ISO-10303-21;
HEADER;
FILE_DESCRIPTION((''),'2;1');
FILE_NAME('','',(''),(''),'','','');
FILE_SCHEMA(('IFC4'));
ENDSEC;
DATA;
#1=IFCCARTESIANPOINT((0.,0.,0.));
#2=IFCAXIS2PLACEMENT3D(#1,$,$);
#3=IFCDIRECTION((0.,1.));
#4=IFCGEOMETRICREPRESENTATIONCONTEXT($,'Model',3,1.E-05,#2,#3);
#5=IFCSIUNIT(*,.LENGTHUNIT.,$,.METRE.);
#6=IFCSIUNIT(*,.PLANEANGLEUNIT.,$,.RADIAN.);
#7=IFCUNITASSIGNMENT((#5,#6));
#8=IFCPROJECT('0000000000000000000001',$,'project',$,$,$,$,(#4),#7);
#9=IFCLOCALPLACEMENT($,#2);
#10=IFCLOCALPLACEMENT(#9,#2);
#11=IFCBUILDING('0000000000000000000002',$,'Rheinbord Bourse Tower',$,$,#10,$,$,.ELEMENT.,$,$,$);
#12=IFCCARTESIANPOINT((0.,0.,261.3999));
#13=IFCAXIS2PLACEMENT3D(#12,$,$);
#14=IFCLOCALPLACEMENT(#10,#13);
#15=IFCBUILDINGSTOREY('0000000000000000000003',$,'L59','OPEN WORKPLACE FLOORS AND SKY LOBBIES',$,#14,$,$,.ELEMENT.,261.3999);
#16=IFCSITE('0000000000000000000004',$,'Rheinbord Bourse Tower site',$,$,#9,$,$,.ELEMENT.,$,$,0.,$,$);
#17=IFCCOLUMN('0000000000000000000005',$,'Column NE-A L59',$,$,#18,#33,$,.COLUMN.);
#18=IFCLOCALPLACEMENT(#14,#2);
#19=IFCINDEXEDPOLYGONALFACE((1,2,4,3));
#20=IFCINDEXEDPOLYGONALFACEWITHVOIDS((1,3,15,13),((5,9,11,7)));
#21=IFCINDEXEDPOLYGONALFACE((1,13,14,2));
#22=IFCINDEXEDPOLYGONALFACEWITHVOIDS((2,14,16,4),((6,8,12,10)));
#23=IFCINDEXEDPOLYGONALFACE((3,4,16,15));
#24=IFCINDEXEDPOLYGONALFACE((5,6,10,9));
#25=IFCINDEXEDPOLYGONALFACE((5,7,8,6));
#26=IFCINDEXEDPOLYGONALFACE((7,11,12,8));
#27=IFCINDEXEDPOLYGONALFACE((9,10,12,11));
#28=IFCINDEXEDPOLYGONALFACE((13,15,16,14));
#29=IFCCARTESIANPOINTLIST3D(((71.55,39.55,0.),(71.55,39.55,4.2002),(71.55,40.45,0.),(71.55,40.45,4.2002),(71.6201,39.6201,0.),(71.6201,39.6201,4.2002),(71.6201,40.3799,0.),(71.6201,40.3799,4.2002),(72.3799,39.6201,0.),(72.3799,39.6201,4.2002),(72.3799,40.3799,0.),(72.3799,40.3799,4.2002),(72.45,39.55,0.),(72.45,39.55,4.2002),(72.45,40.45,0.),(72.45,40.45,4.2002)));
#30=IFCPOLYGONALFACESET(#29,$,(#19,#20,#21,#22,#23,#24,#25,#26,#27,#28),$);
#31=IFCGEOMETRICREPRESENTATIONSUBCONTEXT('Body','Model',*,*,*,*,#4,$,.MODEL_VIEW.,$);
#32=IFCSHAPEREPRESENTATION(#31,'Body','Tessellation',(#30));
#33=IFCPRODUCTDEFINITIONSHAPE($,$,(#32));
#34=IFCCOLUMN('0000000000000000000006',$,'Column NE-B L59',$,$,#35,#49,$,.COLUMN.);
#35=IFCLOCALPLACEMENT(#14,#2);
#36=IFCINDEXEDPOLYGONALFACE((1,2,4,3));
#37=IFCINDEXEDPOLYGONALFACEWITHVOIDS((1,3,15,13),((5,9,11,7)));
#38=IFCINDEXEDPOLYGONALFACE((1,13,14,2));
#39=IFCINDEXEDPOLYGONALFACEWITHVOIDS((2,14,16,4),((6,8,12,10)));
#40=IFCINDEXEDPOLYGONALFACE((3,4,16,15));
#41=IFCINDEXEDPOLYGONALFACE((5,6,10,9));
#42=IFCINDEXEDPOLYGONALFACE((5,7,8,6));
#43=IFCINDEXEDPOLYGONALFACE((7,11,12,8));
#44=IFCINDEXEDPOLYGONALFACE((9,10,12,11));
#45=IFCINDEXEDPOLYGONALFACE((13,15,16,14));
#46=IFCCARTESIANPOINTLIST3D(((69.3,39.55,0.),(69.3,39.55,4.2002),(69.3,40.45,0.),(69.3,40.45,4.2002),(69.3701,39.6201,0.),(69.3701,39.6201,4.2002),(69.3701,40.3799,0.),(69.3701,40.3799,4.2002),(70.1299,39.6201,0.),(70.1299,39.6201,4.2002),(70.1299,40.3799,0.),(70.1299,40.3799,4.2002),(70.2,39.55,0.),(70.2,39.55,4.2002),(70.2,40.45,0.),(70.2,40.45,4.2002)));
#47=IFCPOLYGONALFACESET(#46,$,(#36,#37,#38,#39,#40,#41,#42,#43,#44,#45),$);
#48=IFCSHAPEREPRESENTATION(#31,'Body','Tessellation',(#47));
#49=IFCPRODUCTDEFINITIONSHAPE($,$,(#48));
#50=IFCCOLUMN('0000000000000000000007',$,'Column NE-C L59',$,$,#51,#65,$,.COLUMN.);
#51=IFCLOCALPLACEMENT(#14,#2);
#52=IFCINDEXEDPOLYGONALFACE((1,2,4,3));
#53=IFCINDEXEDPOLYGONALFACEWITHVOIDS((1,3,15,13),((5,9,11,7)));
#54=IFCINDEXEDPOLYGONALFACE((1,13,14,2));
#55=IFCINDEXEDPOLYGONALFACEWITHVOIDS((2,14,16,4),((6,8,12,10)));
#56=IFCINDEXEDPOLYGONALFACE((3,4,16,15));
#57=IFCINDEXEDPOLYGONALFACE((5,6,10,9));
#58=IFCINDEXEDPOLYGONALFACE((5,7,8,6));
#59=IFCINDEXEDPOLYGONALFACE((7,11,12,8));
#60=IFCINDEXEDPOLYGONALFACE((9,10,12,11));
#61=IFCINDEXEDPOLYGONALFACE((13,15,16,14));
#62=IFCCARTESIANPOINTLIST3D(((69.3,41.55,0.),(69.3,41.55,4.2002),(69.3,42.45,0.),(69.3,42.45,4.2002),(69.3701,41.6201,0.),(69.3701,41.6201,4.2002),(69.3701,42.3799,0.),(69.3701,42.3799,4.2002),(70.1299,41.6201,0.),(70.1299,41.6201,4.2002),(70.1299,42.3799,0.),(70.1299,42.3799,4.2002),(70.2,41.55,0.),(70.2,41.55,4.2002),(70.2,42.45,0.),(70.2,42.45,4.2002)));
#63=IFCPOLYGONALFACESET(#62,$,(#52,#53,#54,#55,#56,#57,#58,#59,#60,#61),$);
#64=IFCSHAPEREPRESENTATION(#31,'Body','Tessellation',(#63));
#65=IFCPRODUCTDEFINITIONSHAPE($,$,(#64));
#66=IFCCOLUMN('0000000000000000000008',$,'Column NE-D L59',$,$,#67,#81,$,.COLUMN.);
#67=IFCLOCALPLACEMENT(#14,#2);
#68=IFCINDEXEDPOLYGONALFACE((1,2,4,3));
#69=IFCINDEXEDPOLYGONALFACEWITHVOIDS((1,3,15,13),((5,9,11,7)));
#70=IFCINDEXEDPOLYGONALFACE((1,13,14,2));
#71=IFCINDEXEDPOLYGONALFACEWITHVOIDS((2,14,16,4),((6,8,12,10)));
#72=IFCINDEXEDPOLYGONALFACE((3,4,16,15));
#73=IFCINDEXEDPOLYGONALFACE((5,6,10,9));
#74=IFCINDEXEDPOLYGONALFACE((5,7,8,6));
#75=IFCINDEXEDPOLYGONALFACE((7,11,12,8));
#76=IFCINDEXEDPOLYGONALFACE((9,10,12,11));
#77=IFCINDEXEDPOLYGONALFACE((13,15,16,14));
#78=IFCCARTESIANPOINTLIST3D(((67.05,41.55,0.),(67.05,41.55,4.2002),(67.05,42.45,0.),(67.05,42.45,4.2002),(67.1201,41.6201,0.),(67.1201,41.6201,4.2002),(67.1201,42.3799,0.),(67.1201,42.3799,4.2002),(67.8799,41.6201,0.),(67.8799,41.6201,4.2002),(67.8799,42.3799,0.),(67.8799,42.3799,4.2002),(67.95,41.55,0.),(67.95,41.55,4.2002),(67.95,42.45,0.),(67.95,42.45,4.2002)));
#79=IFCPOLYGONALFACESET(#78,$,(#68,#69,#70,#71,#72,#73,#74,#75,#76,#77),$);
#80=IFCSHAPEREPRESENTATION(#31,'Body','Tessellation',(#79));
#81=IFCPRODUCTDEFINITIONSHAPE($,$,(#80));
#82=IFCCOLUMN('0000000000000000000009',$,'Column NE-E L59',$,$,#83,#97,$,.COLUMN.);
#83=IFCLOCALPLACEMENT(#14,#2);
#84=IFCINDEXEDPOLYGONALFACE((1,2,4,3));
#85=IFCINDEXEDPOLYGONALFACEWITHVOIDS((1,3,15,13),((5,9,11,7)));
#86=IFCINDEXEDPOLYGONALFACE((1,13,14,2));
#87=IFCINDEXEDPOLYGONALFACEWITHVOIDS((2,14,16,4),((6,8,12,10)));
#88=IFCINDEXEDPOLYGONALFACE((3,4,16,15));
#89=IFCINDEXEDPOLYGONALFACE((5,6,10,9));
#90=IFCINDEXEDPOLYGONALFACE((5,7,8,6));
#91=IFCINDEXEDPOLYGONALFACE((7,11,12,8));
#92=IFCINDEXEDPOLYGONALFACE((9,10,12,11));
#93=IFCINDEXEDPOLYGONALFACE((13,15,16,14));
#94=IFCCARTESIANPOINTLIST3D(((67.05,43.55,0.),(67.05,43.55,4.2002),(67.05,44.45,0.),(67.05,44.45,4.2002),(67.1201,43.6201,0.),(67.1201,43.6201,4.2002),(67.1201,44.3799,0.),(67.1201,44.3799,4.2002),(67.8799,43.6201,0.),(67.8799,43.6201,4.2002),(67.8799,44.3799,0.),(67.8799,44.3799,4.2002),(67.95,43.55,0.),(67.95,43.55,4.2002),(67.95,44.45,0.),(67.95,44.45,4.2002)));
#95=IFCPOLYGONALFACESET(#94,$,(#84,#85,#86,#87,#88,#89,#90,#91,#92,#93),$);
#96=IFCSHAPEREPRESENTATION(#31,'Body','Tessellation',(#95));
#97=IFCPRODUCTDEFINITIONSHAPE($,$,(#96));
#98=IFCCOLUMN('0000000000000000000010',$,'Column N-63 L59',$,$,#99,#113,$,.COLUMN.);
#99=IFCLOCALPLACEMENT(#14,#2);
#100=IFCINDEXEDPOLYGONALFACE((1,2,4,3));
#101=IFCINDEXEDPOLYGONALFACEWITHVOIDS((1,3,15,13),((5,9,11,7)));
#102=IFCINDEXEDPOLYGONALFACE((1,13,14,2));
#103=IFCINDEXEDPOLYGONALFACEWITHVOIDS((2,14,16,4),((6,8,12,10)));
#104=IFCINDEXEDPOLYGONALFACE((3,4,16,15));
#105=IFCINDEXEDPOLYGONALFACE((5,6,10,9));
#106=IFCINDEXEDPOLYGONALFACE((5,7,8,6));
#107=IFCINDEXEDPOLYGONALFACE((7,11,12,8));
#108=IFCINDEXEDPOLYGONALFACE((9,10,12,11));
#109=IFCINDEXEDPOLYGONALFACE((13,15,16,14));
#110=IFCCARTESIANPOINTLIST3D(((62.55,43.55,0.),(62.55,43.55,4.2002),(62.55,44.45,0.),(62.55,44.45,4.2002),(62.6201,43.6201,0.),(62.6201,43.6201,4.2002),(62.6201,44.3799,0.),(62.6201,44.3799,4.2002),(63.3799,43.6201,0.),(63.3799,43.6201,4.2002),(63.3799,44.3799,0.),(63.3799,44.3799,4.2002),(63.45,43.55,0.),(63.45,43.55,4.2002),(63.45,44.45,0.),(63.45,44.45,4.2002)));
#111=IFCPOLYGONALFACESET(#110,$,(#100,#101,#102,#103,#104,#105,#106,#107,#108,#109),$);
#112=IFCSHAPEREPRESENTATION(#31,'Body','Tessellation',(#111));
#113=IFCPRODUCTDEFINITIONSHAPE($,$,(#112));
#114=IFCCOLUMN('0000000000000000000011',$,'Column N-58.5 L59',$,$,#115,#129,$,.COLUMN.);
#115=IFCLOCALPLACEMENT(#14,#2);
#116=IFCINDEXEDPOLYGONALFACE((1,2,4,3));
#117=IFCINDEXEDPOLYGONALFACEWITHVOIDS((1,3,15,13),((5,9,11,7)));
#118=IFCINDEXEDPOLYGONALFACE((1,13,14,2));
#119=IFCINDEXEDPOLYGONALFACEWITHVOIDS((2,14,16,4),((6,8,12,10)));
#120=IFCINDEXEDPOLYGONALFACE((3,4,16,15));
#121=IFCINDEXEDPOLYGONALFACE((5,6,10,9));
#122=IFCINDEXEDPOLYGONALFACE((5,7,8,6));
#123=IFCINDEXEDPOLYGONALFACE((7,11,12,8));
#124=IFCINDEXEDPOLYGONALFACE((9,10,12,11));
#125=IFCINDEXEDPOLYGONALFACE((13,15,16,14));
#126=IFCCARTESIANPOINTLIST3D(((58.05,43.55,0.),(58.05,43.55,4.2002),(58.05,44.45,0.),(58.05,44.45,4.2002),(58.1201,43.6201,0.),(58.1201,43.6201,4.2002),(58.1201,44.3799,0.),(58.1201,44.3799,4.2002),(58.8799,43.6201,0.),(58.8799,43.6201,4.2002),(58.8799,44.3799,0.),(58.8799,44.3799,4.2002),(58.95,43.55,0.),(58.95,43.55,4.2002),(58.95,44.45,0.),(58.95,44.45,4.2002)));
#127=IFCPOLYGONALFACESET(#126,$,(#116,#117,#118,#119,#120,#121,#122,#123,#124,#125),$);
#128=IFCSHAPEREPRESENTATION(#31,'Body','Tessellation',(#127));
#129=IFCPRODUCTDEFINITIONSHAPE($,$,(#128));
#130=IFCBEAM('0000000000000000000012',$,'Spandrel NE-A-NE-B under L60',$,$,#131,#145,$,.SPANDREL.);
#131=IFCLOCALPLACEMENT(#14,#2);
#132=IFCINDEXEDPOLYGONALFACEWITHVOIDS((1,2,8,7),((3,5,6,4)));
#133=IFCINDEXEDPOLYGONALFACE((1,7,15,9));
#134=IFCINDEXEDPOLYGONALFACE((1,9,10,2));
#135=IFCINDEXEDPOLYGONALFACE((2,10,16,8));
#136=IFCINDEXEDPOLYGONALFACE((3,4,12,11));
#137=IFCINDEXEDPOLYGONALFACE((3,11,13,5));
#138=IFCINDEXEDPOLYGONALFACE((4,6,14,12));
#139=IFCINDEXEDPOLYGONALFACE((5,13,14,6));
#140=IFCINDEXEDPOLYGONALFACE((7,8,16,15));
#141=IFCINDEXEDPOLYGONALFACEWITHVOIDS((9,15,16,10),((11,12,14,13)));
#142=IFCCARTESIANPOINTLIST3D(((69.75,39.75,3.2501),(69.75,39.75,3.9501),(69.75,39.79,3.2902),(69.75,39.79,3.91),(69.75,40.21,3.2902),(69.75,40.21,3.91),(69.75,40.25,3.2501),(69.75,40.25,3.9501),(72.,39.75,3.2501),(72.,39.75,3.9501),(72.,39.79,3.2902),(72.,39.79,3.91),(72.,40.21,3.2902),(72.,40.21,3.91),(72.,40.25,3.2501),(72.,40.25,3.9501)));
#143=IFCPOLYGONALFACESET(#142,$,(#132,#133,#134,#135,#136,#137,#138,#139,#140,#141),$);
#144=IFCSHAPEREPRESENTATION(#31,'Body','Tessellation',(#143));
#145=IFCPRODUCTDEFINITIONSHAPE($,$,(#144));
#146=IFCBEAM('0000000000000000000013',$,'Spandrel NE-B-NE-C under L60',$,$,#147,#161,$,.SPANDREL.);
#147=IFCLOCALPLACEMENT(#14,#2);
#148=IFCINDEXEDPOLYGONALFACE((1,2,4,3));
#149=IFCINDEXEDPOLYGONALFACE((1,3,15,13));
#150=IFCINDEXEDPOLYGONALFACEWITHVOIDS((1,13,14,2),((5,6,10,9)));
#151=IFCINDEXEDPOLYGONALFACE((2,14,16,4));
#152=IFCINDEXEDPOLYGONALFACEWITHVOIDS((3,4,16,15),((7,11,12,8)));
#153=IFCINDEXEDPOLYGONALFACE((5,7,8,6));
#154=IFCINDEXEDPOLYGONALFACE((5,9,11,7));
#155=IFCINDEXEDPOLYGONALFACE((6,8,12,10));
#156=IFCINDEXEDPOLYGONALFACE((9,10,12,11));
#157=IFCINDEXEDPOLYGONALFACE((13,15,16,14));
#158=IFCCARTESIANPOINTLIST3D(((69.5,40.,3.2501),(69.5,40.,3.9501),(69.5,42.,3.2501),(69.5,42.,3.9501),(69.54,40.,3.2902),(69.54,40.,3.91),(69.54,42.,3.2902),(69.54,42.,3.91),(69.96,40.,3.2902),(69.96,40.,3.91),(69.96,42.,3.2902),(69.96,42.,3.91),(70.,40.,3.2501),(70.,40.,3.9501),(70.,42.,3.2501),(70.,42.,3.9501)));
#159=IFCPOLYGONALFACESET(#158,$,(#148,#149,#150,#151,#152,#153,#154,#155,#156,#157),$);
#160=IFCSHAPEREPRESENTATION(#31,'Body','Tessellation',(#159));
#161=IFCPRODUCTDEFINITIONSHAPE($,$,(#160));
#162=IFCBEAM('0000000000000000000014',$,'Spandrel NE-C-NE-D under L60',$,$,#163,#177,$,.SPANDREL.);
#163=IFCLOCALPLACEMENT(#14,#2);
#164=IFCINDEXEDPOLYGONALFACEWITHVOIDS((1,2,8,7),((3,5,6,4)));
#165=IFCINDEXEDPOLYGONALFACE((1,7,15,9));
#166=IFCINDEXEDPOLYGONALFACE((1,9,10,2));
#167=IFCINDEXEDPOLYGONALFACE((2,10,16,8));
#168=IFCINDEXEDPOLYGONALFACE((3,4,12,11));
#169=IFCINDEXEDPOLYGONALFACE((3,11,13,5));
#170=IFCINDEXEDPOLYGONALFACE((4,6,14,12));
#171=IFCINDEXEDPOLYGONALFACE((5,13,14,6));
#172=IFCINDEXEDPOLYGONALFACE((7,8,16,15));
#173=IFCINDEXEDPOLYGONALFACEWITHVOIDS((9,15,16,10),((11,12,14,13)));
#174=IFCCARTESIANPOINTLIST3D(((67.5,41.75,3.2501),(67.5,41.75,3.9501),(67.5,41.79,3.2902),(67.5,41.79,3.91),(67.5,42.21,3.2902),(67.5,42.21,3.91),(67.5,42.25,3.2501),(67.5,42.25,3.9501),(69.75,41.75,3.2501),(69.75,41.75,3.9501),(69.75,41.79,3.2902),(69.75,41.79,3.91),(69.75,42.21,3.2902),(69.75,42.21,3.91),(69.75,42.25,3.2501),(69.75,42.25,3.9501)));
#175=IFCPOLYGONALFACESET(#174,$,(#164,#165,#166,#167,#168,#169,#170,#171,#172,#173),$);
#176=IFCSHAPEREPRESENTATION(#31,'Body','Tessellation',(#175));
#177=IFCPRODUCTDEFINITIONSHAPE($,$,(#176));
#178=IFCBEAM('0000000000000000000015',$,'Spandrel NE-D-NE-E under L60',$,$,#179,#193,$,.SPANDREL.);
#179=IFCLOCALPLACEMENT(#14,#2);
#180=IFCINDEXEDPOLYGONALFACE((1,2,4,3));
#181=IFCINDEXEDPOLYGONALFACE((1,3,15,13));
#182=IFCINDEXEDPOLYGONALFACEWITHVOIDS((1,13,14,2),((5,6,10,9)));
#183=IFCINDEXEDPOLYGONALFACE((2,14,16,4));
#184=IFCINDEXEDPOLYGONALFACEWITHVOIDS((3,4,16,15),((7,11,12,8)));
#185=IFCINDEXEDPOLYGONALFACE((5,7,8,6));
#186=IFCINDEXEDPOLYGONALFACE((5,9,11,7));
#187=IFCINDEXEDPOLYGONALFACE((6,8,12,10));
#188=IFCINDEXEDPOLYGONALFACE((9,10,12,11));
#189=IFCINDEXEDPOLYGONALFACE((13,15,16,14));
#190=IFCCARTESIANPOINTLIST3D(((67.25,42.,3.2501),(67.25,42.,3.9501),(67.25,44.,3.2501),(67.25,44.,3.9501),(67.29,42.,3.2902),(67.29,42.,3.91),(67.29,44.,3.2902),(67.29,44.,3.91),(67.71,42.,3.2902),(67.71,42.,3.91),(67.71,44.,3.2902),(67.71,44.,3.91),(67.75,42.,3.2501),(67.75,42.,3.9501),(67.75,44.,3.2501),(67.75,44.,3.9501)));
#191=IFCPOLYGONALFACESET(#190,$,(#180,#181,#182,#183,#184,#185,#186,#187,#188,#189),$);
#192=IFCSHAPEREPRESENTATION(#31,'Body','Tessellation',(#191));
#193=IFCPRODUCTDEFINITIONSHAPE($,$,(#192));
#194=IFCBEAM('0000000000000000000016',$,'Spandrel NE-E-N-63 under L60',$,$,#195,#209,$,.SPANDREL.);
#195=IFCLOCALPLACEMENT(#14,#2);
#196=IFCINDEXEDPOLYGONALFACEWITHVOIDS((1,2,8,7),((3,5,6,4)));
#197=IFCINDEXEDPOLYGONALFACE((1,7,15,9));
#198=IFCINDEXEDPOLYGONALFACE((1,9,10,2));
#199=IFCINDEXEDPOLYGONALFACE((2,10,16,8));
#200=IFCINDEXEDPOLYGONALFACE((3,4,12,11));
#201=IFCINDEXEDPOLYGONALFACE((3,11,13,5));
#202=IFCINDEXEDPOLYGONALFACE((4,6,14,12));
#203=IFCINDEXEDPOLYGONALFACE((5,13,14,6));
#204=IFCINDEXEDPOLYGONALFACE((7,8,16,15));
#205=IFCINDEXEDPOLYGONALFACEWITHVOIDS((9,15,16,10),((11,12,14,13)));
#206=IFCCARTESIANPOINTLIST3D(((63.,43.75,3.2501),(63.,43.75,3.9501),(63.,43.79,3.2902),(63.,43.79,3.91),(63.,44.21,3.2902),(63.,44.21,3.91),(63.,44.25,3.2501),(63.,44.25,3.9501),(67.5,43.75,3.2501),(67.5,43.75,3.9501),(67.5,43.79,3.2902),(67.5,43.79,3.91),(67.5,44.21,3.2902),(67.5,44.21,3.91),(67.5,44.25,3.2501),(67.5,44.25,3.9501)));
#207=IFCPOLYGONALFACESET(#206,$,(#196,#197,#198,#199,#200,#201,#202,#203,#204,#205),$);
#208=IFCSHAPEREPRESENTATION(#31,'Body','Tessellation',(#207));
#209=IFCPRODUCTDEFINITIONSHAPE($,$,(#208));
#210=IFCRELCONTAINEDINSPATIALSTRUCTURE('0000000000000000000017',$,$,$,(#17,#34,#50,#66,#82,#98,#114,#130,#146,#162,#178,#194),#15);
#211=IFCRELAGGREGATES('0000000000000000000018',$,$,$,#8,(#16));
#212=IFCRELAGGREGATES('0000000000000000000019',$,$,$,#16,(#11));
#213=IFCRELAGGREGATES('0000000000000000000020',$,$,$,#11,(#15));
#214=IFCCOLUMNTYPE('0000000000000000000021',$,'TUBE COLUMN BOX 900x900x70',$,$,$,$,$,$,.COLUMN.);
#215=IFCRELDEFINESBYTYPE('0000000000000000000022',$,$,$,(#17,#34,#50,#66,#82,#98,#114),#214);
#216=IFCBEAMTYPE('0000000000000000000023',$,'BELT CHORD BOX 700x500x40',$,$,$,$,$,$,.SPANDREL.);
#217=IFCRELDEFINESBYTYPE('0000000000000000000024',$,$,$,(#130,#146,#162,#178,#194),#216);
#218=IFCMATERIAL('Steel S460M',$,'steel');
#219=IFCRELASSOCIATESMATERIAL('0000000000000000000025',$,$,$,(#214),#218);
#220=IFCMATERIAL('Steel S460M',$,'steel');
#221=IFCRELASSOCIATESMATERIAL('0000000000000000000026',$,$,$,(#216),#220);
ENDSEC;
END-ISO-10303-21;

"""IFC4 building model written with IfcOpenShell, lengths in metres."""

from ifc_helpers import new_model, si_unit, direction, frame, origin, origin_2d, place, context, subcontext, project, spatial, hollow_rectangle, extrude, material, material_profile, profile_set, type_object, element, save


model = new_model("IFC4")

# Units and contexts
model_context = context("Model", 3, precision=1e-05, world=origin(), true_north=direction((0.0, 1.0)))
body_context = subcontext(model_context, "Body", "Model", "MODEL_VIEW")
ifc_project = project(units=[si_unit("LENGTHUNIT", "METRE"), si_unit("PLANEANGLEUNIT", "RADIAN")], contexts=[model_context])

# Site, building, storey
site_placement = place(None, origin())
site = spatial("IfcSite", under=ifc_project, at=site_placement, Name="Rheinbord Bourse Tower site", CompositionType="ELEMENT", RefElevation=0.0)
building_placement = place(site_placement, origin())
building = spatial("IfcBuilding", under=site, at=building_placement, Name="Rheinbord Bourse Tower", CompositionType="ELEMENT")
storey_placement = place(building_placement, frame((0.0, 0.0, 261.3999)))
storey = spatial("IfcBuildingStorey", under=building, at=storey_placement, Name="L59", Description="OPEN WORKPLACE FLOORS AND SKY LOBBIES", CompositionType="ELEMENT", Elevation=261.3999)

# Columns
ifc_material_1 = material(Name="Steel S460M", Category="steel")
ifc_material_profile_1 = material_profile(ifc_material_1, hollow_rectangle(XDim=0.8999, YDim=0.8999, WallThickness=0.0701, at=origin_2d()), Name="BOX 900x900x70")
ifc_profile_set_1 = profile_set([ifc_material_profile_1], Name="Steel S460M")
column_type = type_object("IfcColumnType", Name="TUBE COLUMN BOX 900x900x70", PredefinedType="COLUMN", material=ifc_profile_set_1)
for number, where, z_axis, x_axis, name in (
    (1, (72.0, 40.0, 0.0), (0.0, 0.0, 1.0), (1.0, 0.0, 0.0), "Column NE-A L59"),
    (2, (69.75, 40.0, 0.0), (0.0, 0.0, 1.0), (1.0, 0.0, 0.0), "Column NE-B L59"),
    (3, (69.75, 42.0, 0.0), (0.0, 0.0, 1.0), (1.0, 0.0, 0.0), "Column NE-C L59"),
    (4, (67.5, 42.0, 0.0), (0.0, 0.0, 1.0), (0.0, 1.0, 0.0), "Column NE-D L59"),
    (5, (67.5, 44.0, 0.0), (0.0, 0.0, 1.0), (0.0, 1.0, 0.0), "Column NE-E L59"),
    (6, (63.0, 44.0, 0.0), (0.0, 0.0, 1.0), (0.0, 1.0, 0.0), "Column N-63 L59"),
    (7, (58.5, 44.0, 0.0), (0.0, 0.0, 1.0), (0.0, 1.0, 0.0), "Column N-58.5 L59"),
):
    element("IfcColumn", number, at=place(storey_placement, frame(where, z_axis=z_axis, x_axis=x_axis)), inside=storey, type_object=column_type, Name=name, PredefinedType="COLUMN", context=body_context, shape_type="SweptSolid", body=[
        extrude(hollow_rectangle(XDim=0.8999, YDim=0.8999, WallThickness=0.0701, at=origin_2d()), origin(), (0.0, 0.0, 1.0), 4.2002),
    ])

# Beams
ifc_material_2 = material(Name="Steel S460M", Category="steel")
ifc_material_profile_2 = material_profile(ifc_material_2, hollow_rectangle(XDim=0.5, YDim=0.7, WallThickness=0.04, at=origin_2d()), Name="BOX 700x500x40")
ifc_profile_set_2 = profile_set([ifc_material_profile_2], Name="Steel S460M")
beam_type_1 = type_object("IfcBeamType", Name="BELT CHORD BOX 700x500x40", PredefinedType="SPANDREL", material=ifc_profile_set_2)
beam_1_placement = place(storey_placement, frame((72.0, 40.0, 3.6001), z_axis=(-1.0, 0.0, 0.0), x_axis=(0.0, -1.0, 0.0)))
element("IfcBeam", 8, at=beam_1_placement, inside=storey, type_object=beam_type_1, Name="Spandrel NE-A-NE-B under L60", PredefinedType="SPANDREL", context=body_context, shape_type="SweptSolid", body=[
    extrude(hollow_rectangle(XDim=0.5, YDim=0.7, WallThickness=0.04, at=origin_2d()), origin(), (0.0, 0.0, 1.0), 2.25),
])
beam_2_placement = place(storey_placement, frame((69.75, 40.0, 3.6001), z_axis=(0.0, 1.0, 0.0), x_axis=(-1.0, 0.0, 0.0)))
element("IfcBeam", 9, at=beam_2_placement, inside=storey, type_object=beam_type_1, Name="Spandrel NE-B-NE-C under L60", PredefinedType="SPANDREL", context=body_context, shape_type="SweptSolid", body=[
    extrude(hollow_rectangle(XDim=0.5, YDim=0.7, WallThickness=0.04, at=origin_2d()), origin(), (0.0, 0.0, 1.0), 2.0),
])
beam_3_placement = place(storey_placement, frame((69.75, 42.0, 3.6001), z_axis=(-1.0, 0.0, 0.0), x_axis=(0.0, -1.0, 0.0)))
element("IfcBeam", 10, at=beam_3_placement, inside=storey, type_object=beam_type_1, Name="Spandrel NE-C-NE-D under L60", PredefinedType="SPANDREL", context=body_context, shape_type="SweptSolid", body=[
    extrude(hollow_rectangle(XDim=0.5, YDim=0.7, WallThickness=0.04, at=origin_2d()), origin(), (0.0, 0.0, 1.0), 2.25),
])
beam_4_placement = place(storey_placement, frame((67.5, 42.0, 3.6001), z_axis=(0.0, 1.0, 0.0), x_axis=(-1.0, 0.0, 0.0)))
element("IfcBeam", 11, at=beam_4_placement, inside=storey, type_object=beam_type_1, Name="Spandrel NE-D-NE-E under L60", PredefinedType="SPANDREL", context=body_context, shape_type="SweptSolid", body=[
    extrude(hollow_rectangle(XDim=0.5, YDim=0.7, WallThickness=0.04, at=origin_2d()), origin(), (0.0, 0.0, 1.0), 2.0),
])
for number, where, z_axis, x_axis, name in (
    (12, (67.5, 44.0, 3.6001), (-1.0, 0.0, 0.0), (0.0, -1.0, 0.0), "Spandrel NE-E-N-63 under L60"),
):
    element("IfcBeam", number, at=place(storey_placement, frame(where, z_axis=z_axis, x_axis=x_axis)), inside=storey, type_object=beam_type_1, Name=name, PredefinedType="SPANDREL", context=body_context, shape_type="SweptSolid", body=[
        extrude(hollow_rectangle(XDim=0.5, YDim=0.7, WallThickness=0.04, at=origin_2d()), origin(), (0.0, 0.0, 1.0), 4.5),
    ])

save(model, "model.ifc")
